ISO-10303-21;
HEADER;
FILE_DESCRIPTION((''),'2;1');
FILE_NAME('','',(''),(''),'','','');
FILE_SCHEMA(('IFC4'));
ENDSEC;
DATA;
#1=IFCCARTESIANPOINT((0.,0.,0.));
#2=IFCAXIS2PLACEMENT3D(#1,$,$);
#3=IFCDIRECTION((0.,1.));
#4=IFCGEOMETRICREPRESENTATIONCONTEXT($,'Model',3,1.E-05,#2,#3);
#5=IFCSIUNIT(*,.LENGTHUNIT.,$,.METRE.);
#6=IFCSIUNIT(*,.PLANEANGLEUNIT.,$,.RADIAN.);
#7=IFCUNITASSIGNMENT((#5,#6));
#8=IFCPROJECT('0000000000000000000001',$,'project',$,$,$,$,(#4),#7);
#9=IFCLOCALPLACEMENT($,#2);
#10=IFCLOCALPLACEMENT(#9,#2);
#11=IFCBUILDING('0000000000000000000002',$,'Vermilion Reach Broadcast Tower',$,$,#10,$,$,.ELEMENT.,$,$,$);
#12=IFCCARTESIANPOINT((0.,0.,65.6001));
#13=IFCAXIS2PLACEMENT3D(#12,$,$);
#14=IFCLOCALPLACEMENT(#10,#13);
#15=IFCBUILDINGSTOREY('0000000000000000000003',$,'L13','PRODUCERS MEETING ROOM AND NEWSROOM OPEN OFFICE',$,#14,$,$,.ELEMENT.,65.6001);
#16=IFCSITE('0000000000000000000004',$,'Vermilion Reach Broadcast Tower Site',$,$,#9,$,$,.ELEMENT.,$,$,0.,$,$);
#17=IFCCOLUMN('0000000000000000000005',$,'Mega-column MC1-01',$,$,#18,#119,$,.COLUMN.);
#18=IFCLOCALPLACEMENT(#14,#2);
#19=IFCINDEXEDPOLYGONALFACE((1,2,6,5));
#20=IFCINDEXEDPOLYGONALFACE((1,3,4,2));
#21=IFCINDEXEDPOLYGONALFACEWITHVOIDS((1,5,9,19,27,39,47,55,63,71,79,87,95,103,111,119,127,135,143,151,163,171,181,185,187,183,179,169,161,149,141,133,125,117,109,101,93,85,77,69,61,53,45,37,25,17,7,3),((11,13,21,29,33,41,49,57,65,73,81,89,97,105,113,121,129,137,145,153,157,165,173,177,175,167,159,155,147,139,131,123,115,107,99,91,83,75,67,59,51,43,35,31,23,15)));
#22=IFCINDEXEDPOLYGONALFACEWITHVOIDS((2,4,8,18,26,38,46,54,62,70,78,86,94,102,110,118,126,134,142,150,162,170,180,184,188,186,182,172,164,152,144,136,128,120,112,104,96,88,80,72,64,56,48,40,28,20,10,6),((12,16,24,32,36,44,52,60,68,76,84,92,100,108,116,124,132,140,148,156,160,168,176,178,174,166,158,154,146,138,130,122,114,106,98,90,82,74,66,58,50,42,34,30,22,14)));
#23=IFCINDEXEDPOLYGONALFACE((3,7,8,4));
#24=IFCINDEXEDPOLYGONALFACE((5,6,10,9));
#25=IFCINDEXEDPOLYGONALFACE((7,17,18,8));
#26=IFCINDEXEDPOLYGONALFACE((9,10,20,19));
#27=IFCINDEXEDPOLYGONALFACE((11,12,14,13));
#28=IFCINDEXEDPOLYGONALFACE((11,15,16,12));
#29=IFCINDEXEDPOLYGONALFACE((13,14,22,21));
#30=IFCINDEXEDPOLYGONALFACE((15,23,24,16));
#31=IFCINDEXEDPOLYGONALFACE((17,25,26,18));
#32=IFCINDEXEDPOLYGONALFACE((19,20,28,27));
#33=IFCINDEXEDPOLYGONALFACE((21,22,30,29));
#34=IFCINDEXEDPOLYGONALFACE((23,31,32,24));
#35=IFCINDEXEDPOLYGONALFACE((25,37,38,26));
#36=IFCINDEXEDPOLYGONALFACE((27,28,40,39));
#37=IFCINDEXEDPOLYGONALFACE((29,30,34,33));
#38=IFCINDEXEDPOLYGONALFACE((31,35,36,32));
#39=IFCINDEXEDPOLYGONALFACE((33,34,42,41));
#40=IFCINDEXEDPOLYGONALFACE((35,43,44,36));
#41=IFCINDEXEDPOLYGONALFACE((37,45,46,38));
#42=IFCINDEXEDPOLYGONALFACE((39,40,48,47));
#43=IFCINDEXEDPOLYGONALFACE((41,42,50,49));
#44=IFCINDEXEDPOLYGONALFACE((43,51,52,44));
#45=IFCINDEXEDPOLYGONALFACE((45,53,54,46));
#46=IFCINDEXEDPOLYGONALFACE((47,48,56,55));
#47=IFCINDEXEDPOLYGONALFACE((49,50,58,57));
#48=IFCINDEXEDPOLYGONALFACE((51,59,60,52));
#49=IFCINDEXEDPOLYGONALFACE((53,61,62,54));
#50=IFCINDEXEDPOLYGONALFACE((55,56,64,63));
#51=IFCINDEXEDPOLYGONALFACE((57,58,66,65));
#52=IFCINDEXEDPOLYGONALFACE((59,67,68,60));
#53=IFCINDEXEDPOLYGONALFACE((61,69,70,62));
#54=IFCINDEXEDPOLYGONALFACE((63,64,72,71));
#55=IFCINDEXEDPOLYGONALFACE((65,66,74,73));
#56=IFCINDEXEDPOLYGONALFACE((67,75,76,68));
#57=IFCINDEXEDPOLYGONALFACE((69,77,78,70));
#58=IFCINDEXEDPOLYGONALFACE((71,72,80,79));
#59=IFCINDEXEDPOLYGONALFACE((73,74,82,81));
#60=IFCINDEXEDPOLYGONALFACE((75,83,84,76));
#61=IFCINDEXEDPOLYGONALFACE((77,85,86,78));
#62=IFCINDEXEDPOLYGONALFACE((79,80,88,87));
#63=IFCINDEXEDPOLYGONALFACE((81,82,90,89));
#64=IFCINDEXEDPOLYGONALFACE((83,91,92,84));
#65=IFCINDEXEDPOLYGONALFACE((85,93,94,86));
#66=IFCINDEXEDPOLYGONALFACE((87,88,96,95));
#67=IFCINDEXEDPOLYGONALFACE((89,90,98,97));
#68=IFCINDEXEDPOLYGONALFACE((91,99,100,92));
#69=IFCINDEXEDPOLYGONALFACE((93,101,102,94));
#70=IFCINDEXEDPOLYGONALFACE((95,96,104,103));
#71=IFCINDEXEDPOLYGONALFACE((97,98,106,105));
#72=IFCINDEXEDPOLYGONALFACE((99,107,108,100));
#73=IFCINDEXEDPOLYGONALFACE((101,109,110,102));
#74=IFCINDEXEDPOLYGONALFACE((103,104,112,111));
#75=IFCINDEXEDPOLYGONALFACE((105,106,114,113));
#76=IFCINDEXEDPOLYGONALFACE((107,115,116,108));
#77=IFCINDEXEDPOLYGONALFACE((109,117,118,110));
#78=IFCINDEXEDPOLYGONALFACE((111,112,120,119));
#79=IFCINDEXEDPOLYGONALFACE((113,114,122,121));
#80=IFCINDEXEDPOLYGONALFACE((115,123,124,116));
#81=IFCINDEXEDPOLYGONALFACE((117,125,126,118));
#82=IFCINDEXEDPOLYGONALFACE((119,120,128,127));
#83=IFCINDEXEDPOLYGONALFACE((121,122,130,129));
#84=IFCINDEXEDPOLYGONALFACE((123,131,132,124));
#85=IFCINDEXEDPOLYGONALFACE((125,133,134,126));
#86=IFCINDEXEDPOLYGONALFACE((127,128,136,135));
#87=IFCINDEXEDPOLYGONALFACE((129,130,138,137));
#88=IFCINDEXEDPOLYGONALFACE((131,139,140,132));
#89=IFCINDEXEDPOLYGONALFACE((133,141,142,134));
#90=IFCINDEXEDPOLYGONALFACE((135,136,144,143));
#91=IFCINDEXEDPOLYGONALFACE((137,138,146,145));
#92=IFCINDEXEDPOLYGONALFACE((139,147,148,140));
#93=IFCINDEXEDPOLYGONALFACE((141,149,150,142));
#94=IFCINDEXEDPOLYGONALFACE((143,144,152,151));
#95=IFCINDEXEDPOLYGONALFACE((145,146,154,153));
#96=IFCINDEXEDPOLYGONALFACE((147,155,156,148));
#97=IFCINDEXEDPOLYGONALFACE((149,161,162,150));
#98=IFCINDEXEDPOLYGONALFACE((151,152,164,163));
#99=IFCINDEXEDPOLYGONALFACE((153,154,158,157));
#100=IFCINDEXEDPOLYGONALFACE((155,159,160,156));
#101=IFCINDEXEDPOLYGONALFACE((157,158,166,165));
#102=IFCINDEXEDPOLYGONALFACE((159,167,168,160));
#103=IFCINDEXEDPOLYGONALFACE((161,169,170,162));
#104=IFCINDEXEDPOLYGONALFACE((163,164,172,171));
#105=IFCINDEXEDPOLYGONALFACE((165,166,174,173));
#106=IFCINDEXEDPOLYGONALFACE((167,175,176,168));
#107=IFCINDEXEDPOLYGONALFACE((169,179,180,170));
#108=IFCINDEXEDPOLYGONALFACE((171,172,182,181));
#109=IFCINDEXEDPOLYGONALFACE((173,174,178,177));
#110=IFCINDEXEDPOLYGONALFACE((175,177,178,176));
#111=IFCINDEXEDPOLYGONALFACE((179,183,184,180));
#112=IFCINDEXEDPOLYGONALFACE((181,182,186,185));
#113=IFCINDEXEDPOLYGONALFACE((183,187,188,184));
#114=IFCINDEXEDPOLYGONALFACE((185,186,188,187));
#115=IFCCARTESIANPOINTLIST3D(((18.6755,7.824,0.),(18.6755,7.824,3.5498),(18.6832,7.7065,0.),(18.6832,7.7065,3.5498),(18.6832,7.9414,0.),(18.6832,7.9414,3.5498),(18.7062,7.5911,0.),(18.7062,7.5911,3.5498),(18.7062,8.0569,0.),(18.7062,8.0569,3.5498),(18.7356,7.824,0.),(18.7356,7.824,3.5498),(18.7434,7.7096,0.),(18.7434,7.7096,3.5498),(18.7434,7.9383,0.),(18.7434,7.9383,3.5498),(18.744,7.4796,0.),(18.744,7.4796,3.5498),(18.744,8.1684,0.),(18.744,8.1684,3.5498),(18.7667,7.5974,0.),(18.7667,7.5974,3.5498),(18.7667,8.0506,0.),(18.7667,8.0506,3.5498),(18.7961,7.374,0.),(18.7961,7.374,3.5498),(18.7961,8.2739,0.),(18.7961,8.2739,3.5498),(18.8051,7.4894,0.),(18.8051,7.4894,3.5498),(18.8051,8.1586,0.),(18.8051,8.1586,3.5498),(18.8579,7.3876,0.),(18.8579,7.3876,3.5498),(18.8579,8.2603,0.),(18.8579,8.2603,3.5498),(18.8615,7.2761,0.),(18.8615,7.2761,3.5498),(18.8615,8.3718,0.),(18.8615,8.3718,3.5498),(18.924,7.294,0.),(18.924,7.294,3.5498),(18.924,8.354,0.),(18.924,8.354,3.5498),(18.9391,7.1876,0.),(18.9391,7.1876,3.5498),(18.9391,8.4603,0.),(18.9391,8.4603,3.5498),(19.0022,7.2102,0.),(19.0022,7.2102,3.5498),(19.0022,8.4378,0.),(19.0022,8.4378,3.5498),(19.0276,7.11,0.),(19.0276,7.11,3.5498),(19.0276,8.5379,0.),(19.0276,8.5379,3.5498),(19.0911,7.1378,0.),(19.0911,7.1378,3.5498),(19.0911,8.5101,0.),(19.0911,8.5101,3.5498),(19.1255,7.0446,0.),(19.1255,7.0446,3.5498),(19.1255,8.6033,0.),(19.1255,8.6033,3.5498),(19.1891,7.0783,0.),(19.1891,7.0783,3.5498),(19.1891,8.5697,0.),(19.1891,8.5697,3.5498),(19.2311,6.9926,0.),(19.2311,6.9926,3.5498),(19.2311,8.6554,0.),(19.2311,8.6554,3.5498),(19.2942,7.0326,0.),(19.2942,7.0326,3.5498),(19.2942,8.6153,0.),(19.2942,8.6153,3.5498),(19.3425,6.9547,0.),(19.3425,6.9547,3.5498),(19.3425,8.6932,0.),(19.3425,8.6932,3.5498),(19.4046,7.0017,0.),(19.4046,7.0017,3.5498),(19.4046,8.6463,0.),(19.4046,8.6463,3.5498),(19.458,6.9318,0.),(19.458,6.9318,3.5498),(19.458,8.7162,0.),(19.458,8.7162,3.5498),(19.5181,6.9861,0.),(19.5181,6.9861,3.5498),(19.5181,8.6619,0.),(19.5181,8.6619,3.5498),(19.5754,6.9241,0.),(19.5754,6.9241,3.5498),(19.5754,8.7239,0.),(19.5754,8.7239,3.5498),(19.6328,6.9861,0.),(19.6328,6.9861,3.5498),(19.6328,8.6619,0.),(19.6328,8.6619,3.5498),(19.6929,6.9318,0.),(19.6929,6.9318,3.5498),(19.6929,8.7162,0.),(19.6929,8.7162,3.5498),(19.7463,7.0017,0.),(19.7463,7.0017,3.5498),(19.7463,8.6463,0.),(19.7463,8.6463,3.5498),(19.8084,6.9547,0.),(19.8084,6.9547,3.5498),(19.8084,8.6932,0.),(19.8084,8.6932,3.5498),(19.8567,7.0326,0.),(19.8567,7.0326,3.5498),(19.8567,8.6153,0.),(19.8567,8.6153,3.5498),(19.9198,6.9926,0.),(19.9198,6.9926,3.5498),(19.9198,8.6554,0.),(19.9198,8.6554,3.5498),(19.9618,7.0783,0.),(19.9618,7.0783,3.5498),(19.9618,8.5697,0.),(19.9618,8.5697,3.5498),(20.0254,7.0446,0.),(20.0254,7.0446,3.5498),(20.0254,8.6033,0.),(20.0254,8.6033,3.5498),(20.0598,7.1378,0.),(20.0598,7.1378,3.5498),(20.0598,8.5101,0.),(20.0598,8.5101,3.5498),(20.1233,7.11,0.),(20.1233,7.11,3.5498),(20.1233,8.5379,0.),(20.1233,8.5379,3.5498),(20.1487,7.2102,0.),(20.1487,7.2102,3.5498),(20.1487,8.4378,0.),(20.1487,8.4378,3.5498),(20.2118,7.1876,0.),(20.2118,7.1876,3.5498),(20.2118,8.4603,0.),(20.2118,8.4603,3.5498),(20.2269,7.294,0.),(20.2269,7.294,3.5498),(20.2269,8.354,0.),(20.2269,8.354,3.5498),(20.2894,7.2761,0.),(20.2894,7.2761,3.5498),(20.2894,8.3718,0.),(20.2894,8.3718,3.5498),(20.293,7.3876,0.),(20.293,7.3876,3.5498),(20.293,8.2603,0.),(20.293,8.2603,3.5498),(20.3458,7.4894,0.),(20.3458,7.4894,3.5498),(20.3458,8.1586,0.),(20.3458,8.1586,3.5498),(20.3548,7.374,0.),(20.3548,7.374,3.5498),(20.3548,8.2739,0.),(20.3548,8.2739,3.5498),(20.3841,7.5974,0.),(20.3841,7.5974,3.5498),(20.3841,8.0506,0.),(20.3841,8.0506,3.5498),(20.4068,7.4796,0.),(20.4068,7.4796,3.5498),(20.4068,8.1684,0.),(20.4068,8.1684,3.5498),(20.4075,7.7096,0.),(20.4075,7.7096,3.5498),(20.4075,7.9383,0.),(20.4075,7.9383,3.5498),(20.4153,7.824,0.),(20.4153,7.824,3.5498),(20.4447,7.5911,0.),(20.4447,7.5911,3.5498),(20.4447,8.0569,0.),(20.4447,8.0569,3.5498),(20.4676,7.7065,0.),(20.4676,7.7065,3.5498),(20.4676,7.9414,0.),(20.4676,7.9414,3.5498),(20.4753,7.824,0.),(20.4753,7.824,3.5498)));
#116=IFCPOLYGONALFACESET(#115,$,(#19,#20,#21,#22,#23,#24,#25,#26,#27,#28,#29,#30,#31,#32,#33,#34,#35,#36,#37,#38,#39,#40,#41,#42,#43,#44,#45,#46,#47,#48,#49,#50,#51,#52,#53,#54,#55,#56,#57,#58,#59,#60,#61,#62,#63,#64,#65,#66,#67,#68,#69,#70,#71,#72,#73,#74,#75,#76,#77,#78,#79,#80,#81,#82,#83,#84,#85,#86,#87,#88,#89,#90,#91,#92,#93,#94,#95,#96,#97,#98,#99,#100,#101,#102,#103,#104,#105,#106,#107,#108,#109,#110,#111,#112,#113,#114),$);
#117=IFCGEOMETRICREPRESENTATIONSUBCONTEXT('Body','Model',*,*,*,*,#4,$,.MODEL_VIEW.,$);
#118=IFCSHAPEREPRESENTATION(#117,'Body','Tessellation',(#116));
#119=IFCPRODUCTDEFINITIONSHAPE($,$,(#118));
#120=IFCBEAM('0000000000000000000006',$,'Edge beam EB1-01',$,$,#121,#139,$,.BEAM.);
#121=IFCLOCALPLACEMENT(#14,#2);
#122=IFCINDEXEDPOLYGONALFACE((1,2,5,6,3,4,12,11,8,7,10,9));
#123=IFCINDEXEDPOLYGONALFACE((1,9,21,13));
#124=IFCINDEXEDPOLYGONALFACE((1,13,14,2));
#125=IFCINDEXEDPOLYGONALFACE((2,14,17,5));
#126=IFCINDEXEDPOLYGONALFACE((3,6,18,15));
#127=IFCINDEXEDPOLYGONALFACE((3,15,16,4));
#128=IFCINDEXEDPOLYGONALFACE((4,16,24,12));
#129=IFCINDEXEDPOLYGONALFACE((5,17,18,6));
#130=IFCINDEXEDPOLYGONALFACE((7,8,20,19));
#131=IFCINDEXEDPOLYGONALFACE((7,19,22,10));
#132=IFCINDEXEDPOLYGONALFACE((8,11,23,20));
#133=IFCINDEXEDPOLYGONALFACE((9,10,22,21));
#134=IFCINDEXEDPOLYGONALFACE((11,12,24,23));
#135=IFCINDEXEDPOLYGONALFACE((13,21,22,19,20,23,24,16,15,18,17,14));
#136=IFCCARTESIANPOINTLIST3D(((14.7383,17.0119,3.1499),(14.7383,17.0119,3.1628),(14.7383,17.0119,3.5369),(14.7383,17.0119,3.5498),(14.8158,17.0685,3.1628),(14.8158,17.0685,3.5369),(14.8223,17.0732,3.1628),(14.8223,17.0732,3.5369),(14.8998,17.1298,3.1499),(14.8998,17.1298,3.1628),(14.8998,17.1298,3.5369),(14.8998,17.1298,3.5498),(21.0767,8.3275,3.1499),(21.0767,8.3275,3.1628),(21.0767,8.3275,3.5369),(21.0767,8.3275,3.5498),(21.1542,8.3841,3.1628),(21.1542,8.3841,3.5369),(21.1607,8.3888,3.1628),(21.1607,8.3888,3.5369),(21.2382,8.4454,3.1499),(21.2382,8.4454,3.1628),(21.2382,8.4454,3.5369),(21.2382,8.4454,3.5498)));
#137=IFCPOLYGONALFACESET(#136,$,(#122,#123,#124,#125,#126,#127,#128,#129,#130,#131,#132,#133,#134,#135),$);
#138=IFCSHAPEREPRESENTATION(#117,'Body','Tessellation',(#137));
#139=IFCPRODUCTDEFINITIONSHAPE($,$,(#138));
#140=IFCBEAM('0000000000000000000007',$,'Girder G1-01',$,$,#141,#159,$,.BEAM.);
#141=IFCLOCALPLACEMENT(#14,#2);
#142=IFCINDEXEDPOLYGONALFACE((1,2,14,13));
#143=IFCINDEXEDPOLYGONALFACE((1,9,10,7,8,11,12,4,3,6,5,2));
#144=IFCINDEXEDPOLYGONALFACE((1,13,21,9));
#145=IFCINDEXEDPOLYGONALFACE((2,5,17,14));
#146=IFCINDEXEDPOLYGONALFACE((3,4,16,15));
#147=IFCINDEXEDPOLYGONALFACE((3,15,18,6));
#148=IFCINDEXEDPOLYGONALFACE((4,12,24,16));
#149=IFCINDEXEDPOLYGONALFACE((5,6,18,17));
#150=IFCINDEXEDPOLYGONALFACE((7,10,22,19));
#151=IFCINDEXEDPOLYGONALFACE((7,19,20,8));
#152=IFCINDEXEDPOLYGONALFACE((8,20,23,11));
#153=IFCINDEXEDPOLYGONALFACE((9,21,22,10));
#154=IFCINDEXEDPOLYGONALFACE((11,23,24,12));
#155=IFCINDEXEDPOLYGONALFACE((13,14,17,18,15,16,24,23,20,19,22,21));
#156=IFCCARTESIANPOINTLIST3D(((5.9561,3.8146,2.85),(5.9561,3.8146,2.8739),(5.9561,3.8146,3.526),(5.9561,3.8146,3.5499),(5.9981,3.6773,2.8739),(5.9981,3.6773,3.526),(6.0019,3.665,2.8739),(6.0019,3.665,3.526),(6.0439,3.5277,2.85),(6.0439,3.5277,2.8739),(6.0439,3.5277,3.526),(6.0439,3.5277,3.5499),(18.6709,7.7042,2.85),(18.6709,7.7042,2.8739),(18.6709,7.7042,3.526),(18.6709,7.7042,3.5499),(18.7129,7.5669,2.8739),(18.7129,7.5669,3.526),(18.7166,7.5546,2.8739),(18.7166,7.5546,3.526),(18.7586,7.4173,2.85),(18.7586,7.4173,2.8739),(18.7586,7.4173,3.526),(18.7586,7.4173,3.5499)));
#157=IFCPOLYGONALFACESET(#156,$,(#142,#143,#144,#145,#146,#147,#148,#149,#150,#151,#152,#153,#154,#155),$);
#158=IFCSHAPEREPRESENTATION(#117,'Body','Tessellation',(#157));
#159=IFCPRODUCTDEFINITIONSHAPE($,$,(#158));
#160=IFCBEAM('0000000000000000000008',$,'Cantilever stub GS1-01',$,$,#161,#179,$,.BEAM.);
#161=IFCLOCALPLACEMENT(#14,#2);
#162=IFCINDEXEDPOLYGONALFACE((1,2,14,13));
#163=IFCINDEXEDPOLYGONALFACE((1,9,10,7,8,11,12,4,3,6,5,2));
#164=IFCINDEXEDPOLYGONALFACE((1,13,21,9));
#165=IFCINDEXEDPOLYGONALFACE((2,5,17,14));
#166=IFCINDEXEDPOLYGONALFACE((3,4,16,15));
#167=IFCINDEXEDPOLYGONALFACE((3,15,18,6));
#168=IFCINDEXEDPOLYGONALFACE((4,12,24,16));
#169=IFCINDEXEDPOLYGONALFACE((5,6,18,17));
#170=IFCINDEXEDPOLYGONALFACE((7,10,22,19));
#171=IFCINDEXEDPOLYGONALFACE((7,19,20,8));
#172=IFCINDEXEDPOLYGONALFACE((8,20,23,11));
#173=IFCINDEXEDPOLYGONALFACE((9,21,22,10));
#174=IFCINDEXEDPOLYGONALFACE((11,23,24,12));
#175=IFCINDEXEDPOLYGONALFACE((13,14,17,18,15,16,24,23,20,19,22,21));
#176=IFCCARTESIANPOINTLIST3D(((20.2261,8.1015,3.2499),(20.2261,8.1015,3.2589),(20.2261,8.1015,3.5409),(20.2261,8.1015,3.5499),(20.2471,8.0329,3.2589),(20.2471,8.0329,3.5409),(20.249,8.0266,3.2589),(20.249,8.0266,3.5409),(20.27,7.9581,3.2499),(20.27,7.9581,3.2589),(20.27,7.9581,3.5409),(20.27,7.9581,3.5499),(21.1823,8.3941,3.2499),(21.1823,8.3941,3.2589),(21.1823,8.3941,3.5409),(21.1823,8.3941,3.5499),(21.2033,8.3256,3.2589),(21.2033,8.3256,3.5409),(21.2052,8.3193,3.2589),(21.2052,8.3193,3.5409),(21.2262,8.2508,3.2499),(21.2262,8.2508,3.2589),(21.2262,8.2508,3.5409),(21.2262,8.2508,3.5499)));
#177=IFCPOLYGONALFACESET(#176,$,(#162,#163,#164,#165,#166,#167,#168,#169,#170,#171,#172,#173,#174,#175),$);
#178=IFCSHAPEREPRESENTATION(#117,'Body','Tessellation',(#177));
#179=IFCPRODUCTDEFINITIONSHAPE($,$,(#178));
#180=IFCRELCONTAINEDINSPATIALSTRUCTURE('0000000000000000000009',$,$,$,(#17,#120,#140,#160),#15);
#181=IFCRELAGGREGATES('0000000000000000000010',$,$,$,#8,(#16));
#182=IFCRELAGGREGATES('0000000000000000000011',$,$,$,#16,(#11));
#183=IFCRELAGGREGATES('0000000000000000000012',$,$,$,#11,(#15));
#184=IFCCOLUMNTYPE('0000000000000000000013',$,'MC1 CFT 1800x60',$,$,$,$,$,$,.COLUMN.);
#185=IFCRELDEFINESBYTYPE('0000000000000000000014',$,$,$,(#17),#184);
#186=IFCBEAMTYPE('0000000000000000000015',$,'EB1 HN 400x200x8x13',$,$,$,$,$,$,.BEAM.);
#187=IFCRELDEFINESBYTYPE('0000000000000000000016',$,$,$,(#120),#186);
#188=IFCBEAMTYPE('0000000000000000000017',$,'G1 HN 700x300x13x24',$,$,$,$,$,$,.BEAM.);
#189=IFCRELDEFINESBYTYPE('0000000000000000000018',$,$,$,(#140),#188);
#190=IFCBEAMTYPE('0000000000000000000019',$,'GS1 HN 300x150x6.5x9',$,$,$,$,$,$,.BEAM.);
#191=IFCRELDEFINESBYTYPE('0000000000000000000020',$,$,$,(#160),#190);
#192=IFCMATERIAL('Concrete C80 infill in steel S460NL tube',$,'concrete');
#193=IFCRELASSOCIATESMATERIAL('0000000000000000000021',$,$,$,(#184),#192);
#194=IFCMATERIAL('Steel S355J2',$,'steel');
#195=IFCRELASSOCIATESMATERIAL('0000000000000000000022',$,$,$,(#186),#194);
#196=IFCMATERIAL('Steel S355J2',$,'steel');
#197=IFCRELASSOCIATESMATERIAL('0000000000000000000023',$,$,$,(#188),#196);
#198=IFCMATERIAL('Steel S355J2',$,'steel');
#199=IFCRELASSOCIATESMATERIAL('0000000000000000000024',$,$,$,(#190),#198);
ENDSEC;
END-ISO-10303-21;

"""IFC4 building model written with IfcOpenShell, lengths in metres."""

from ifc_helpers import new_model, si_unit, direction, frame, origin, origin_2d, place, context, subcontext, project, spatial, hollow_circle, i_section, extrude, material, material_profile, profile_set, type_object, element, save


model = new_model("IFC4")

# Units and contexts
model_context = context("Model", 3, precision=1e-05, world=origin(), true_north=direction((0.0, 1.0)))
body_context = subcontext(model_context, "Body", "Model", "MODEL_VIEW")
ifc_project = project(units=[si_unit("LENGTHUNIT", "METRE"), si_unit("PLANEANGLEUNIT", "RADIAN")], contexts=[model_context])

# Site, building, storey
site_placement = place(None, origin())
site = spatial("IfcSite", under=ifc_project, at=site_placement, Name="Vermilion Reach Broadcast Tower Site", CompositionType="ELEMENT", RefElevation=0.0)
building_placement = place(site_placement, origin())
building = spatial("IfcBuilding", under=site, at=building_placement, Name="Vermilion Reach Broadcast Tower", CompositionType="ELEMENT")
storey_placement = place(building_placement, frame((0.0, 0.0, 65.6001)))
storey = spatial("IfcBuildingStorey", under=building, at=storey_placement, Name="L13", Description="PRODUCERS MEETING ROOM AND NEWSROOM OPEN OFFICE", CompositionType="ELEMENT", Elevation=65.6001)

# Column
ifc_material_1 = material(Name="Concrete C80 infill in steel S460NL tube", Category="concrete")
ifc_material_profile_1 = material_profile(ifc_material_1, hollow_circle(Radius=0.8999, WallThickness=0.0601, at=origin_2d()), Name="Concrete C80 infill in steel S460NL tube CFT 1800x60")
ifc_profile_set_1 = profile_set([ifc_material_profile_1], Name="Concrete C80 infill in steel S460NL tube")
column_type = type_object("IfcColumnType", Name="MC1 CFT 1800x60", PredefinedType="COLUMN", material=ifc_profile_set_1)
column_placement = place(storey_placement, frame((19.5754, 7.824, 0.0), z_axis=(0.0, 0.0, 1.0), x_axis=(1.0, 0.0, 0.0)))
element("IfcColumn", 1, at=column_placement, inside=storey, type_object=column_type, Name="Mega-column MC1-01", PredefinedType="COLUMN", context=body_context, shape_type="SweptSolid", body=[
    extrude(hollow_circle(Radius=0.8999, WallThickness=0.0601, at=origin_2d()), origin(), (0.0, 0.0, 1.0), 3.5498),
])

# Beams
ifc_material_2 = material(Name="Steel S355J2", Category="steel")
ifc_material_profile_2 = material_profile(ifc_material_2, i_section(OverallWidth=0.2, OverallDepth=0.3999, WebThickness=0.0081, FlangeThickness=0.0129, at=origin_2d()), Name="S355J2 HN 400x200x8x13")
ifc_profile_set_2 = profile_set([ifc_material_profile_2], Name="Steel S355J2")
beam_type_1 = type_object("IfcBeamType", Name="EB1 HN 400x200x8x13", PredefinedType="BEAM", material=ifc_profile_set_2)
beam_1_placement = place(storey_placement, frame((21.1575, 8.3865, 3.3499), z_axis=(-0.58954, 0.807739, 0.0), x_axis=(-0.807739, -0.58954, 0.0)))
element("IfcBeam", 2, at=beam_1_placement, inside=storey, type_object=beam_type_1, Name="Edge beam EB1-01", PredefinedType="BEAM", context=body_context, shape_type="SweptSolid", body=[
    extrude(i_section(OverallWidth=0.2, OverallDepth=0.3999, WebThickness=0.0081, FlangeThickness=0.0129, at=origin_2d()), origin(), (0.0, 0.0, 1.0), 10.7515),
])
ifc_material_3 = material(Name="Steel S355J2", Category="steel")
ifc_material_profile_3 = material_profile(ifc_material_3, i_section(OverallWidth=0.3, OverallDepth=0.7, WebThickness=0.0129, FlangeThickness=0.0239, at=origin_2d()), Name="S355J2 HN 700x300x13x24")
ifc_profile_set_3 = profile_set([ifc_material_profile_3], Name="Steel S355J2")
beam_type_2 = type_object("IfcBeamType", Name="G1 HN 700x300x13x24", PredefinedType="BEAM", material=ifc_profile_set_3)
beam_2_placement = place(storey_placement, frame((6.0, 3.6711, 3.2), z_axis=(0.956256, 0.292532, 0.0), x_axis=(-0.292532, 0.956256, 0.0)))
element("IfcBeam", 3, at=beam_2_placement, inside=storey, type_object=beam_type_2, Name="Girder G1-01", PredefinedType="BEAM", context=body_context, shape_type="SweptSolid", body=[
    extrude(i_section(OverallWidth=0.3, OverallDepth=0.7, WebThickness=0.0129, FlangeThickness=0.0239, at=origin_2d()), origin(), (0.0, 0.0, 1.0), 13.2964),
])
ifc_material_4 = material(Name="Steel S355J2", Category="steel")
ifc_material_profile_4 = material_profile(ifc_material_4, i_section(OverallWidth=0.1499, OverallDepth=0.3, WebThickness=0.0066, FlangeThickness=0.009, at=origin_2d()), Name="S355J2 HN 300x150x6.5x9")
ifc_profile_set_4 = profile_set([ifc_material_profile_4], Name="Steel S355J2")
beam_type_3 = type_object("IfcBeamType", Name="GS1 HN 300x150x6.5x9", PredefinedType="BEAM", material=ifc_profile_set_4)
beam_3_placement = place(storey_placement, frame((20.248, 8.0298, 3.3999), z_axis=(0.956206, 0.292696, 0.0), x_axis=(-0.292696, 0.956206, 0.0)))
element("IfcBeam", 4, at=beam_3_placement, inside=storey, type_object=beam_type_3, Name="Cantilever stub GS1-01", PredefinedType="BEAM", context=body_context, shape_type="SweptSolid", body=[
    extrude(i_section(OverallWidth=0.1499, OverallDepth=0.3, WebThickness=0.0066, FlangeThickness=0.009, at=origin_2d()), origin(), (0.0, 0.0, 1.0), 1.0),
])

save(model, "model.ifc")
